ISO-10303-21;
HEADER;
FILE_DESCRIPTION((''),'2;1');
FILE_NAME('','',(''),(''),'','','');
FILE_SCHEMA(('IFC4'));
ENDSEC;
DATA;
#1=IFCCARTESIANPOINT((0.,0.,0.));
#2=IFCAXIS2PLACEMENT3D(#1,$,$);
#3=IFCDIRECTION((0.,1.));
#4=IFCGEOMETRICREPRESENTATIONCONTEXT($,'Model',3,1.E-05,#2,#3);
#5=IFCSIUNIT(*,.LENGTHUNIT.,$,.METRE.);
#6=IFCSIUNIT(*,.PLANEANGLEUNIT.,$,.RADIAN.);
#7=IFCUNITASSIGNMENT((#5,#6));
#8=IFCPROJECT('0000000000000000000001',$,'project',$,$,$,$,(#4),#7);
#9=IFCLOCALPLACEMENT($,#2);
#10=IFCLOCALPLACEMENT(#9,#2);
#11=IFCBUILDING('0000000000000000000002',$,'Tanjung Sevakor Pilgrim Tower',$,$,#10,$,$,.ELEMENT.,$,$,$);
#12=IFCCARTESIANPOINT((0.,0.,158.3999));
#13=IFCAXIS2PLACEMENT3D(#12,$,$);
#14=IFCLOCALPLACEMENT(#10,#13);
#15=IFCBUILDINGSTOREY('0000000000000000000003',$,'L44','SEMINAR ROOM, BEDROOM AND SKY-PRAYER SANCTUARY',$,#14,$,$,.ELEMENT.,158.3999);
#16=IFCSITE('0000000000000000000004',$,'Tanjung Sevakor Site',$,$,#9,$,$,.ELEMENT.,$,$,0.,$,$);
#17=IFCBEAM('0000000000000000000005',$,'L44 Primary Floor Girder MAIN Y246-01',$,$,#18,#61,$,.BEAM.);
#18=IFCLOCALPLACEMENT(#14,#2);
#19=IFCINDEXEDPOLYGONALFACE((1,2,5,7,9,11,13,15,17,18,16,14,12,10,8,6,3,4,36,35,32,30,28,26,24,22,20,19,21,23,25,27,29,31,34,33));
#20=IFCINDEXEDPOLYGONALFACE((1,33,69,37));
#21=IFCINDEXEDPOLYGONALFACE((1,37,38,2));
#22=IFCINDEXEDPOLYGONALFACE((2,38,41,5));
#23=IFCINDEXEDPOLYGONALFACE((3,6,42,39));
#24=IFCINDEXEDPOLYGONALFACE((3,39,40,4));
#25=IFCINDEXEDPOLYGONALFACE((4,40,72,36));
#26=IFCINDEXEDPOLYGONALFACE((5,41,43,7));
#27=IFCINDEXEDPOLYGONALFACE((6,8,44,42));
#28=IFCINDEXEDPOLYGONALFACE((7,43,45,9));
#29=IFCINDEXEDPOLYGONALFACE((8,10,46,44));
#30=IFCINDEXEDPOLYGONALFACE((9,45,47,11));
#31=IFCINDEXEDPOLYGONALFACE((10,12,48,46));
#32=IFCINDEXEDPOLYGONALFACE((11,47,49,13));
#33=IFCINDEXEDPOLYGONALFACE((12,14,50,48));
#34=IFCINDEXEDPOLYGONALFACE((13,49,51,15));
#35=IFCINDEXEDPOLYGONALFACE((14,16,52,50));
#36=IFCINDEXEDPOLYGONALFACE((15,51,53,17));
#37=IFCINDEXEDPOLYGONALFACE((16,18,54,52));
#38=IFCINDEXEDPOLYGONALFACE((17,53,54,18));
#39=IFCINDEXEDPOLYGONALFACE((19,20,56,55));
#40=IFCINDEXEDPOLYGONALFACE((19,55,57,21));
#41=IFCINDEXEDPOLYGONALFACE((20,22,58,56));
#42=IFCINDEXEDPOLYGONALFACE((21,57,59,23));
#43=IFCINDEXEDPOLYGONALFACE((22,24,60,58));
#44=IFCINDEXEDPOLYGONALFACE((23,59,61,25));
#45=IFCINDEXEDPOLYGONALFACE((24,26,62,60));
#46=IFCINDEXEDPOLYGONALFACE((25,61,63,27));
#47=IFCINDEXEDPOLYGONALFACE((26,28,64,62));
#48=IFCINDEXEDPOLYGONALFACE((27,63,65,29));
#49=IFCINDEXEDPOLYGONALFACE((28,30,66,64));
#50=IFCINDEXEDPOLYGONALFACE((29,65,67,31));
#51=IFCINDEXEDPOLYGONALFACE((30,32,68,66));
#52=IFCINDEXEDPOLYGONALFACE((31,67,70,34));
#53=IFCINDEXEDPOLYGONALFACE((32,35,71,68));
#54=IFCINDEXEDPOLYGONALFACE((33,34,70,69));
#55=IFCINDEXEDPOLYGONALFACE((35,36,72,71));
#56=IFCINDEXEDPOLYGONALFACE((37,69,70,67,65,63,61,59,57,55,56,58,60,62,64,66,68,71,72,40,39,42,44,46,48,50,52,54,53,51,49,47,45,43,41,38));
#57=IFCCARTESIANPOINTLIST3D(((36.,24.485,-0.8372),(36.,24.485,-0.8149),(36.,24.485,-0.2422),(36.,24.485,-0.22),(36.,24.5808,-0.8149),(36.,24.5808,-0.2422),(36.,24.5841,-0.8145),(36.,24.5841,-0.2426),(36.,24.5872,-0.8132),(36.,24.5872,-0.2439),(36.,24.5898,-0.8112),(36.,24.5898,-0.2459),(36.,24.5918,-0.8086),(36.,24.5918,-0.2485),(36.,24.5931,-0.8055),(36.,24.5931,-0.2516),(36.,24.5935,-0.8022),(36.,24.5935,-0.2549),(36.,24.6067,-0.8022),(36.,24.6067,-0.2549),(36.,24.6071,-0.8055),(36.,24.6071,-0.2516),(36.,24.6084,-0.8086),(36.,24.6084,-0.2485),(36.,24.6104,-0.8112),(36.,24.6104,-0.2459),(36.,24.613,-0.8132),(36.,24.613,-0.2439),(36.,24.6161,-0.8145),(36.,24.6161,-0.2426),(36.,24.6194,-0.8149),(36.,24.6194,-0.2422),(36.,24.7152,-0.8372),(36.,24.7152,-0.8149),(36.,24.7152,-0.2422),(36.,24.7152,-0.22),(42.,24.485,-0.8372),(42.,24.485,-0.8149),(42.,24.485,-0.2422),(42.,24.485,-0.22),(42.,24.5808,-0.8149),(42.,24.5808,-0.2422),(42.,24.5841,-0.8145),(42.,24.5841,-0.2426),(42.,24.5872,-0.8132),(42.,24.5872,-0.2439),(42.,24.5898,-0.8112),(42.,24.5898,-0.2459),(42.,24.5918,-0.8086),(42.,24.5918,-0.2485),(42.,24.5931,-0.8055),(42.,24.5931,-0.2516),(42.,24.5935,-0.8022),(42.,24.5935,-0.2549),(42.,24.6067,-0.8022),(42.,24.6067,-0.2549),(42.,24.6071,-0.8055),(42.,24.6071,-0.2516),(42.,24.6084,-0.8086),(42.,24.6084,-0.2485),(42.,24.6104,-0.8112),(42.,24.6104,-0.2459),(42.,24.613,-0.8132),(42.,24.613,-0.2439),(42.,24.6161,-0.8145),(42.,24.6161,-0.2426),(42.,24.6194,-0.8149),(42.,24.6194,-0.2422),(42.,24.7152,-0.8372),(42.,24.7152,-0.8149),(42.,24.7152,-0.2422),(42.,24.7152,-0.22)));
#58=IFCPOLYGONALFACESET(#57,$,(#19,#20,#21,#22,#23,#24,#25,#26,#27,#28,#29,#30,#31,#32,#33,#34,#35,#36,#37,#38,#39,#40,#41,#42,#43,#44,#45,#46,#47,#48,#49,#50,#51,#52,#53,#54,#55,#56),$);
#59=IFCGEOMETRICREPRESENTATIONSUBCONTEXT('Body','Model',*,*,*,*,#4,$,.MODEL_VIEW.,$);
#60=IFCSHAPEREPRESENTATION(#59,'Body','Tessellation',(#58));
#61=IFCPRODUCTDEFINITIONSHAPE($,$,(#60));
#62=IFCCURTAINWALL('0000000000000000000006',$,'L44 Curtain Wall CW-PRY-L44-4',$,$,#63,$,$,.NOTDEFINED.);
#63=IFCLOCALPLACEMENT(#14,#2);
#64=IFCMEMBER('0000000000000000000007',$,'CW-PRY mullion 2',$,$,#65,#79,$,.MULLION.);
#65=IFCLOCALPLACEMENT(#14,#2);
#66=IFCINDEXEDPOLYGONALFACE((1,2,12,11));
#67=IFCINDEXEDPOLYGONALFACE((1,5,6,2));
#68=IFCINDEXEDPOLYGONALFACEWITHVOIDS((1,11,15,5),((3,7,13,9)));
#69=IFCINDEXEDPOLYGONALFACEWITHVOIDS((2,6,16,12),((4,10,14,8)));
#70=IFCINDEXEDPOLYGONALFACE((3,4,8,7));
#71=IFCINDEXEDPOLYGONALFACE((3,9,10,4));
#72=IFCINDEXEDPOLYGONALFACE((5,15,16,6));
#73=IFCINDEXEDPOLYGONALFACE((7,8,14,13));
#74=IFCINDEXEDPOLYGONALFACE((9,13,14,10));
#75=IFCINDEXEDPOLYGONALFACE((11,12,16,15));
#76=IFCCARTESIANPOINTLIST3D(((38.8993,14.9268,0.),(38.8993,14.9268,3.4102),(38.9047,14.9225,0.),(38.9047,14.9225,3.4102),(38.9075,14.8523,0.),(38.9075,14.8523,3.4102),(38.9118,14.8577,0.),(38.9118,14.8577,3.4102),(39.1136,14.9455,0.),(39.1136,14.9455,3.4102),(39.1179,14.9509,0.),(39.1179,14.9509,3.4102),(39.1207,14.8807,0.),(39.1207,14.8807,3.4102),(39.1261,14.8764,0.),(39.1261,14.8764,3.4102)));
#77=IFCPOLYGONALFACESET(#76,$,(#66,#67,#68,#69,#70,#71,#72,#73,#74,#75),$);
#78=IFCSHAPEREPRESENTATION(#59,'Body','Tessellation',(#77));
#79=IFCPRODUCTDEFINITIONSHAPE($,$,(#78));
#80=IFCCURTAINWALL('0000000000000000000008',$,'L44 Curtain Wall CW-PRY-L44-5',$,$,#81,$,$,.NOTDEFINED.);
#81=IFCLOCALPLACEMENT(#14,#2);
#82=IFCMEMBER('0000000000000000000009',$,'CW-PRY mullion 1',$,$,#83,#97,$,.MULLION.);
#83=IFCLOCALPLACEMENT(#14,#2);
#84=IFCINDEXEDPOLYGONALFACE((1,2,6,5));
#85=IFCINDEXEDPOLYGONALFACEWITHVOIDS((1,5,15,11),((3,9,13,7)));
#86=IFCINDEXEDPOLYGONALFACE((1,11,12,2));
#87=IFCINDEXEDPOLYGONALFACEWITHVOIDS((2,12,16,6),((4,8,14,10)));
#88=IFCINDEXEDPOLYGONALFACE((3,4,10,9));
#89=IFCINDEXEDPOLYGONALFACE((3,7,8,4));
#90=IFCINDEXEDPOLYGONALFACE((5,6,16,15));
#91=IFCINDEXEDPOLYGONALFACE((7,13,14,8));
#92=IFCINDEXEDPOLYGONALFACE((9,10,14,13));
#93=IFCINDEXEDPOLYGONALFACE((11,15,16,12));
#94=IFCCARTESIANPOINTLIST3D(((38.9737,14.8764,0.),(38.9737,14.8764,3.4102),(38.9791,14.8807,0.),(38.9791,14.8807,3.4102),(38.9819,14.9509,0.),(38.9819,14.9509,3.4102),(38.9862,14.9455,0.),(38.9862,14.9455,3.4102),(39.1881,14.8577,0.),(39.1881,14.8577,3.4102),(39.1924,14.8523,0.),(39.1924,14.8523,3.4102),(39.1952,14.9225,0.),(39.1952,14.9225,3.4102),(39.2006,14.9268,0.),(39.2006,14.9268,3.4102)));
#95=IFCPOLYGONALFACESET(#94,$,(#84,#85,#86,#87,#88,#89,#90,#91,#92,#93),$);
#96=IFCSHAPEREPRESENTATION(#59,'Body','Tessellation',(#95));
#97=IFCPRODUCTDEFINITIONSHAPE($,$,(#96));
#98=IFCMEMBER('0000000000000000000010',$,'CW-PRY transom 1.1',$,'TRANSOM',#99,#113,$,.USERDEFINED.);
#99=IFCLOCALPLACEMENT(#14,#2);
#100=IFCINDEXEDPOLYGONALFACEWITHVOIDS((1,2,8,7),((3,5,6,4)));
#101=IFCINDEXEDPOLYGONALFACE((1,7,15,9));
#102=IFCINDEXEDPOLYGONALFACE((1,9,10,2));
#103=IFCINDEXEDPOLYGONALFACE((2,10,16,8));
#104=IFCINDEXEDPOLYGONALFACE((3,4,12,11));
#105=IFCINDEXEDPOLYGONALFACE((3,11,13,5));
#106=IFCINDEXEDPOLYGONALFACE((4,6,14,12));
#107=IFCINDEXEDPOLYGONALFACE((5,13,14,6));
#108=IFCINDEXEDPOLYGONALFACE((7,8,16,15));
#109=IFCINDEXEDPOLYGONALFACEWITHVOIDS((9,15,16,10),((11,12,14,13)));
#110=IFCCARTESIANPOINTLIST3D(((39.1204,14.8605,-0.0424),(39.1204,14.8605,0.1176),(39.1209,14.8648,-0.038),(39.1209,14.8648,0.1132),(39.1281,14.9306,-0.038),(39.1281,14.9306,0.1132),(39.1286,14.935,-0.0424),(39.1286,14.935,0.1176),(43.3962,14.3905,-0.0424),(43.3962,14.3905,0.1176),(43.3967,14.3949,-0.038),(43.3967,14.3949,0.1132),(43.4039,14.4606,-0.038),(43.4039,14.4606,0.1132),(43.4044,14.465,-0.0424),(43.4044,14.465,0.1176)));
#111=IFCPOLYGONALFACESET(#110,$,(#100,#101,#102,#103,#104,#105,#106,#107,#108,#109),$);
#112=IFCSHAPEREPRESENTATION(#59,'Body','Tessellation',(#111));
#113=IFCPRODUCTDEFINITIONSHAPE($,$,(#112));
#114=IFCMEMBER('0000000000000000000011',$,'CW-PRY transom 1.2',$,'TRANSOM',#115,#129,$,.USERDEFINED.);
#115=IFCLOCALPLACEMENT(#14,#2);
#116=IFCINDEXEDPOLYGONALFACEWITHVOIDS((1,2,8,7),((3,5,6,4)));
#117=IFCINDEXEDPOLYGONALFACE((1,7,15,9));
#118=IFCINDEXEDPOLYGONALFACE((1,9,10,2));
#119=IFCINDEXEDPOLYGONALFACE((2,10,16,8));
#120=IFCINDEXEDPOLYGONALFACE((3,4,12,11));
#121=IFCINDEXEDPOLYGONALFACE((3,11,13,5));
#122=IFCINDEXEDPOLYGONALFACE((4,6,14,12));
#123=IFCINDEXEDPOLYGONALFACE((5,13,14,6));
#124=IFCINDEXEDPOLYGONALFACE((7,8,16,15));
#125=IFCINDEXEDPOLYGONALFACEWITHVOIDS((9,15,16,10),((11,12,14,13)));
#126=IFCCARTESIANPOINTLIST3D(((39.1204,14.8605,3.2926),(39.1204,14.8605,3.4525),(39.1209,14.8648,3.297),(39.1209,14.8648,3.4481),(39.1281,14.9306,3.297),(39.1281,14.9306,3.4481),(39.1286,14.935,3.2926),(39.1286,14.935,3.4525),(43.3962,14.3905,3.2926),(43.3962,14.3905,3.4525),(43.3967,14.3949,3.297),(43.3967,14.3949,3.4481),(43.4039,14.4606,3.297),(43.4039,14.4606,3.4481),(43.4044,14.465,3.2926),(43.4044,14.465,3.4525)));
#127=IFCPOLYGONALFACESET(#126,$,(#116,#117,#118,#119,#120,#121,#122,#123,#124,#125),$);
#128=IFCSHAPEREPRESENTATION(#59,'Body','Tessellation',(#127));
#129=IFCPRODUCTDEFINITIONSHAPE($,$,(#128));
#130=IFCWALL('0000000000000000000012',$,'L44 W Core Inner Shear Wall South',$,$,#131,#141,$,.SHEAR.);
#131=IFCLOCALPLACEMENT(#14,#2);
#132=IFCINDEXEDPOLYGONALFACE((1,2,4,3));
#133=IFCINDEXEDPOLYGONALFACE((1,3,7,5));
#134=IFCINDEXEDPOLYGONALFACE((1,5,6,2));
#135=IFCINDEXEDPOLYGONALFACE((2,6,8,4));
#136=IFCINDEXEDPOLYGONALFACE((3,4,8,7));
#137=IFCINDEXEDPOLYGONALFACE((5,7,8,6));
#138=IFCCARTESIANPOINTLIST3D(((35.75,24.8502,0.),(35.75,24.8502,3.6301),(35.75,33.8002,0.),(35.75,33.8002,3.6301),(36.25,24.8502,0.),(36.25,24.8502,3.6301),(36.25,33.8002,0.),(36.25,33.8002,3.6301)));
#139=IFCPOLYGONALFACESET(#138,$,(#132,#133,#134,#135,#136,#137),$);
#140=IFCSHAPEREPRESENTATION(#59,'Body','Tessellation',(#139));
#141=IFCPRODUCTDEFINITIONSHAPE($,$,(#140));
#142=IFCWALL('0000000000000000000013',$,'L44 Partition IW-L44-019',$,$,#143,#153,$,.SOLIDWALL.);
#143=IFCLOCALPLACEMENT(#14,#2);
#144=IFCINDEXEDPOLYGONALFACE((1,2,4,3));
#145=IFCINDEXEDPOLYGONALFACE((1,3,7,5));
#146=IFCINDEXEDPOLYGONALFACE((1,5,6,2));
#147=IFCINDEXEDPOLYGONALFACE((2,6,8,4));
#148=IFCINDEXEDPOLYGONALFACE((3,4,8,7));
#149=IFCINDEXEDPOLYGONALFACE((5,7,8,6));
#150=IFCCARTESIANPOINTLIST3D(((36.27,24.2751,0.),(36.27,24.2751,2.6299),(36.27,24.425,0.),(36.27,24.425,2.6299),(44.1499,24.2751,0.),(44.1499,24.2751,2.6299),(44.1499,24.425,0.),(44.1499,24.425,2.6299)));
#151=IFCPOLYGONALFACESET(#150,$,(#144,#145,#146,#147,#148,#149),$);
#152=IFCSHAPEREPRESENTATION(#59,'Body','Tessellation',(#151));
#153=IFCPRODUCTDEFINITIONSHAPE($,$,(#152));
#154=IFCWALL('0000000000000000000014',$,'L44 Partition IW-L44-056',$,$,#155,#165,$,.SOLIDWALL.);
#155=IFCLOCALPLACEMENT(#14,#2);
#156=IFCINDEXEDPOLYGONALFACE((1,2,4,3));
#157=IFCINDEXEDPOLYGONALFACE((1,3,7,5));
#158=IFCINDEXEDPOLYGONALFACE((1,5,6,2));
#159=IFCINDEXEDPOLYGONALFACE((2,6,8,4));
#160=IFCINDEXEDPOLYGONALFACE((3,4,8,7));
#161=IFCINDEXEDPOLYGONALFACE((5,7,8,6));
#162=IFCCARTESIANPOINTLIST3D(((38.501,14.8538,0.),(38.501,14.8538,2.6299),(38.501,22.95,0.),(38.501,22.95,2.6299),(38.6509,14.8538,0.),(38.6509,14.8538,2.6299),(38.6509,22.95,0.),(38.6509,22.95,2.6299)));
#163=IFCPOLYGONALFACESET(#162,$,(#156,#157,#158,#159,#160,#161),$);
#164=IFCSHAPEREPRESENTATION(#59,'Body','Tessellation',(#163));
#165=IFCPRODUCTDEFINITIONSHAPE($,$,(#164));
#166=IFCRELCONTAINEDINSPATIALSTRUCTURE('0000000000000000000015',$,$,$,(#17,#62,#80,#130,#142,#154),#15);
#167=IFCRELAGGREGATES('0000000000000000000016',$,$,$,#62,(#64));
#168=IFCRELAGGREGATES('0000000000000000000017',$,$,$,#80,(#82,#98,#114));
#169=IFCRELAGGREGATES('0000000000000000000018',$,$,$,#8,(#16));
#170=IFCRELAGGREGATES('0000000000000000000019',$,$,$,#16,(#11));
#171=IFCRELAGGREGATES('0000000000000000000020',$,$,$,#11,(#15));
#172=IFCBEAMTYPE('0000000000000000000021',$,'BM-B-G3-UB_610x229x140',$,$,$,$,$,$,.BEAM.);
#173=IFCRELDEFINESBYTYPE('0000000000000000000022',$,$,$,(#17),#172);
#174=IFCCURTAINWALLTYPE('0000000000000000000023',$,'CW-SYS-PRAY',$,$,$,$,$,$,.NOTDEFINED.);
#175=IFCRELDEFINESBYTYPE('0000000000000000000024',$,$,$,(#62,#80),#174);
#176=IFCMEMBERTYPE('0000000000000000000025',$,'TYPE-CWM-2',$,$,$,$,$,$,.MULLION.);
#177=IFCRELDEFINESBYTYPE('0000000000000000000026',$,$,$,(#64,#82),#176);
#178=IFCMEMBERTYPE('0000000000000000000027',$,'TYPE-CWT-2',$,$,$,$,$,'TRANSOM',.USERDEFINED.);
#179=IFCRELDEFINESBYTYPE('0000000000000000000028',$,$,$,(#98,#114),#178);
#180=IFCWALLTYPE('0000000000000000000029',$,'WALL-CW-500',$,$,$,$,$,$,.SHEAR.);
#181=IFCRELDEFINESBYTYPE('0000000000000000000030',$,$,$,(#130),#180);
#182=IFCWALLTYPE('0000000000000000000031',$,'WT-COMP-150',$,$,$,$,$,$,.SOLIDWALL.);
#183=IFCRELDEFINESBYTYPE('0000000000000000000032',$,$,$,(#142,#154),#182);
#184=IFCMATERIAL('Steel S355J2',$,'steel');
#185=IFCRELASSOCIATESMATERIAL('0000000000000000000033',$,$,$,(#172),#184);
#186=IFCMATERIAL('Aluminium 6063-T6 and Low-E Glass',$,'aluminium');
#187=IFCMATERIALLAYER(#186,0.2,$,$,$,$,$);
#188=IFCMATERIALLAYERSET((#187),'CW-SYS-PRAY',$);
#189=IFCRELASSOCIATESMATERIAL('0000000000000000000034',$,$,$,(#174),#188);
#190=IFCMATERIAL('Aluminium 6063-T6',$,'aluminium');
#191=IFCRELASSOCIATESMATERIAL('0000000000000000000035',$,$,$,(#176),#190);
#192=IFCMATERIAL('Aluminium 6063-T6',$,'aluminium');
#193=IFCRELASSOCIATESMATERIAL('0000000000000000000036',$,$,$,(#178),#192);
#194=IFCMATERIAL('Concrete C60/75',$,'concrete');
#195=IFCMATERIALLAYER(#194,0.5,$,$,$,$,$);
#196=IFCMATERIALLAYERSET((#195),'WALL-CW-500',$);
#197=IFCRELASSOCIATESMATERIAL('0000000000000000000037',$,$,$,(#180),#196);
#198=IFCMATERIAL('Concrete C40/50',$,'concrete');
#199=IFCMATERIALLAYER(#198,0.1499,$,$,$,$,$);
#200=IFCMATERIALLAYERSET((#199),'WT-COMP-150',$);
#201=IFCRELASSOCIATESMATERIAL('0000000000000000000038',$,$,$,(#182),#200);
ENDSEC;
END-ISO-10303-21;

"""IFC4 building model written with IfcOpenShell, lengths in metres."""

from ifc_helpers import new_model, si_unit, direction, frame, frame_2d, origin, origin_2d, place, context, subcontext, project, spatial, rectangle, hollow_rectangle, i_section, extrude, material, layer, layer_set, material_profile, profile_set, type_object, element, aggregate, save


model = new_model("IFC4")

# Units and contexts
model_context = context("Model", 3, precision=1e-05, world=origin(), true_north=direction((0.0, 1.0)))
body_context = subcontext(model_context, "Body", "Model", "MODEL_VIEW")
ifc_project = project(units=[si_unit("LENGTHUNIT", "METRE"), si_unit("PLANEANGLEUNIT", "RADIAN")], contexts=[model_context])

# Site, building, storey
site_placement = place(None, origin())
site = spatial("IfcSite", under=ifc_project, at=site_placement, Name="Tanjung Sevakor Site", CompositionType="ELEMENT", RefElevation=0.0)
building_placement = place(site_placement, origin())
building = spatial("IfcBuilding", under=site, at=building_placement, Name="Tanjung Sevakor Pilgrim Tower", CompositionType="ELEMENT")
storey_placement = place(building_placement, frame((0.0, 0.0, 158.3999)))
storey = spatial("IfcBuildingStorey", under=building, at=storey_placement, Name="L44", Description="SEMINAR ROOM, BEDROOM AND SKY-PRAYER SANCTUARY", CompositionType="ELEMENT", Elevation=158.3999)

# Beam
ifc_material_1 = material(Name="Steel S355J2", Category="steel")
ifc_material_profile_1 = material_profile(ifc_material_1, i_section(OverallWidth=0.2302, OverallDepth=0.6172, WebThickness=0.0132, FlangeThickness=0.0222, FilletRadius=0.0127, at=origin_2d()))
ifc_profile_set_1 = profile_set([ifc_material_profile_1], Name="Steel S355J2")
beam_type = type_object("IfcBeamType", Name="BM-B-G3-UB_610x229x140", PredefinedType="BEAM", material=ifc_profile_set_1)
beam_placement = place(storey_placement, frame((36.0, 24.6001, -0.5286), z_axis=(1.0, 0.0, 0.0), x_axis=(0.0, 1.0, 0.0)))
element("IfcBeam", 1, at=beam_placement, inside=storey, type_object=beam_type, Name="L44 Primary Floor Girder MAIN Y246-01", PredefinedType="BEAM", context=body_context, shape_type="SweptSolid", body=[
    extrude(i_section(OverallWidth=0.2302, OverallDepth=0.6172, WebThickness=0.0132, FlangeThickness=0.0222, FilletRadius=0.0127, at=origin_2d()), origin(), (0.0, 0.0, 1.0), 6.0),
])

# Curtain wall, member
ifc_material_2 = material(Name="Aluminium 6063-T6 and Low-E Glass", Category="aluminium")
ifc_layer_1 = layer(ifc_material_2, 0.2)
ifc_layer_set_1 = layer_set([ifc_layer_1], Name="CW-SYS-PRAY")
curtain_wall_type = type_object("IfcCurtainWallType", Name="CW-SYS-PRAY", PredefinedType="NOTDEFINED", material=ifc_layer_set_1)
curtain_wall_1_placement = place(storey_placement, origin())
curtain_wall_1 = element("IfcCurtainWall", 2, at=curtain_wall_1_placement, inside=storey, type_object=curtain_wall_type, Name="L44 Curtain Wall CW-PRY-L44-4", PredefinedType="NOTDEFINED")
ifc_material_3 = material(Name="Aluminium 6063-T6", Category="aluminium")
ifc_material_profile_2 = material_profile(ifc_material_3, hollow_rectangle(XDim=0.075, YDim=0.22, WallThickness=0.0049, at=origin_2d()))
ifc_profile_set_2 = profile_set([ifc_material_profile_2], Name="Aluminium 6063-T6")
member_type_1 = type_object("IfcMemberType", Name="TYPE-CWM-2", PredefinedType="MULLION", material=ifc_profile_set_2)
member_1_placement = place(storey_placement, frame((39.0127, 14.9016, 0.0), z_axis=(0.0, 0.0, 1.0), x_axis=(-0.109231, 0.994016, 0.0)))
member_1 = element("IfcMember", 3, at=member_1_placement, type_object=member_type_1, Name="CW-PRY mullion 2", PredefinedType="MULLION", context=body_context, shape_type="SweptSolid", body=[
    extrude(hollow_rectangle(XDim=0.075, YDim=0.22, WallThickness=0.0049, at=origin_2d()), origin(), (0.0, 0.0, 1.0), 3.4102),
])
aggregate(curtain_wall_1, [member_1])

# Curtain wall, members
curtain_wall_2_placement = place(storey_placement, origin())
curtain_wall_2 = element("IfcCurtainWall", 4, at=curtain_wall_2_placement, inside=storey, type_object=curtain_wall_type, Name="L44 Curtain Wall CW-PRY-L44-5", PredefinedType="NOTDEFINED")
member_2_placement = place(storey_placement, frame((39.0872, 14.9016, 0.0), z_axis=(0.0, 0.0, 1.0), x_axis=(0.109241, 0.994015, 0.0)))
member_2 = element("IfcMember", 5, at=member_2_placement, type_object=member_type_1, Name="CW-PRY mullion 1", PredefinedType="MULLION", context=body_context, shape_type="SweptSolid", body=[
    extrude(hollow_rectangle(XDim=0.075, YDim=0.22, WallThickness=0.0049, at=origin_2d()), origin(), (0.0, 0.0, 1.0), 3.4102),
])
ifc_material_4 = material(Name="Aluminium 6063-T6", Category="aluminium")
ifc_material_profile_3 = material_profile(ifc_material_4, hollow_rectangle(XDim=0.075, YDim=0.1599, WallThickness=0.0044, at=origin_2d()))
ifc_profile_set_3 = profile_set([ifc_material_profile_3], Name="Aluminium 6063-T6")
member_type_2 = type_object("IfcMemberType", Name="TYPE-CWT-2", ElementType="TRANSOM", PredefinedType="USERDEFINED", material=ifc_profile_set_3)
member_3_placement = place(storey_placement, frame((39.1245, 14.8977, 0.0376), z_axis=(0.994014, -0.109254, 0.0), x_axis=(0.109254, 0.994014, 0.0)))
member_3 = element("IfcMember", 6, at=member_3_placement, type_object=member_type_2, Name="CW-PRY transom 1.1", ObjectType="TRANSOM", PredefinedType="USERDEFINED", context=body_context, shape_type="SweptSolid", body=[
    extrude(hollow_rectangle(XDim=0.075, YDim=0.1599, WallThickness=0.0044, at=origin_2d()), origin(), (0.0, 0.0, 1.0), 4.3015),
])
member_4_placement = place(storey_placement, frame((39.1245, 14.8977, 3.3726), z_axis=(0.994014, -0.109254, 0.0), x_axis=(0.109254, 0.994014, 0.0)))
member_4 = element("IfcMember", 7, at=member_4_placement, type_object=member_type_2, Name="CW-PRY transom 1.2", ObjectType="TRANSOM", PredefinedType="USERDEFINED", context=body_context, shape_type="SweptSolid", body=[
    extrude(hollow_rectangle(XDim=0.075, YDim=0.1599, WallThickness=0.0044, at=origin_2d()), origin(), (0.0, 0.0, 1.0), 4.3015),
])
aggregate(curtain_wall_2, [member_2, member_3, member_4])

# Wall
ifc_material_5 = material(Name="Concrete C60/75", Category="concrete")
ifc_layer_2 = layer(ifc_material_5, 0.5)
ifc_layer_set_2 = layer_set([ifc_layer_2], Name="WALL-CW-500")
wall_type_1 = type_object("IfcWallType", Name="WALL-CW-500", PredefinedType="SHEAR", material=ifc_layer_set_2)
wall_1_placement = place(storey_placement, frame((36.0, 24.8501, 0.0), z_axis=(0.0, 0.0, 1.0), x_axis=(0.0, 1.0, 0.0)))
element("IfcWall", 8, at=wall_1_placement, inside=storey, type_object=wall_type_1, Name="L44 W Core Inner Shear Wall South", PredefinedType="SHEAR", context=body_context, shape_type="SweptSolid", body=[
    extrude(rectangle(XDim=8.95, YDim=0.5, at=frame_2d((4.4751, 0.0))), origin(), (0.0, 0.0, 1.0), 3.6301),
])

# Shared definitions
ifc_material_6 = material(Name="Concrete C40/50", Category="concrete")
ifc_layer_3 = layer(ifc_material_6, 0.1499)
ifc_layer_set_3 = layer_set([ifc_layer_3], Name="WT-COMP-150")
wall_type_2 = type_object("IfcWallType", Name="WT-COMP-150", PredefinedType="SOLIDWALL", material=ifc_layer_set_3)

# Walls
wall_2_placement = place(storey_placement, frame((36.27, 24.3501, 0.0), z_axis=(0.0, 0.0, 1.0), x_axis=(1.0, 0.0, 0.0)))
element("IfcWall", 9, at=wall_2_placement, inside=storey, type_object=wall_type_2, Name="L44 Partition IW-L44-019", PredefinedType="SOLIDWALL", context=body_context, shape_type="SweptSolid", body=[
    extrude(rectangle(XDim=7.8799, YDim=0.1499, at=frame_2d((3.9399, 0.0))), origin(), (0.0, 0.0, 1.0), 2.6299),
])
wall_3_placement = place(storey_placement, frame((38.5759, 14.8538, 0.0), z_axis=(0.0, 0.0, 1.0), x_axis=(0.0, 1.0, 0.0)))
element("IfcWall", 10, at=wall_3_placement, inside=storey, type_object=wall_type_2, Name="L44 Partition IW-L44-056", PredefinedType="SOLIDWALL", context=body_context, shape_type="SweptSolid", body=[
    extrude(rectangle(XDim=8.0962, YDim=0.1499, at=frame_2d((4.0481, 0.0))), origin(), (0.0, 0.0, 1.0), 2.6299),
])

save(model, "model.ifc")
